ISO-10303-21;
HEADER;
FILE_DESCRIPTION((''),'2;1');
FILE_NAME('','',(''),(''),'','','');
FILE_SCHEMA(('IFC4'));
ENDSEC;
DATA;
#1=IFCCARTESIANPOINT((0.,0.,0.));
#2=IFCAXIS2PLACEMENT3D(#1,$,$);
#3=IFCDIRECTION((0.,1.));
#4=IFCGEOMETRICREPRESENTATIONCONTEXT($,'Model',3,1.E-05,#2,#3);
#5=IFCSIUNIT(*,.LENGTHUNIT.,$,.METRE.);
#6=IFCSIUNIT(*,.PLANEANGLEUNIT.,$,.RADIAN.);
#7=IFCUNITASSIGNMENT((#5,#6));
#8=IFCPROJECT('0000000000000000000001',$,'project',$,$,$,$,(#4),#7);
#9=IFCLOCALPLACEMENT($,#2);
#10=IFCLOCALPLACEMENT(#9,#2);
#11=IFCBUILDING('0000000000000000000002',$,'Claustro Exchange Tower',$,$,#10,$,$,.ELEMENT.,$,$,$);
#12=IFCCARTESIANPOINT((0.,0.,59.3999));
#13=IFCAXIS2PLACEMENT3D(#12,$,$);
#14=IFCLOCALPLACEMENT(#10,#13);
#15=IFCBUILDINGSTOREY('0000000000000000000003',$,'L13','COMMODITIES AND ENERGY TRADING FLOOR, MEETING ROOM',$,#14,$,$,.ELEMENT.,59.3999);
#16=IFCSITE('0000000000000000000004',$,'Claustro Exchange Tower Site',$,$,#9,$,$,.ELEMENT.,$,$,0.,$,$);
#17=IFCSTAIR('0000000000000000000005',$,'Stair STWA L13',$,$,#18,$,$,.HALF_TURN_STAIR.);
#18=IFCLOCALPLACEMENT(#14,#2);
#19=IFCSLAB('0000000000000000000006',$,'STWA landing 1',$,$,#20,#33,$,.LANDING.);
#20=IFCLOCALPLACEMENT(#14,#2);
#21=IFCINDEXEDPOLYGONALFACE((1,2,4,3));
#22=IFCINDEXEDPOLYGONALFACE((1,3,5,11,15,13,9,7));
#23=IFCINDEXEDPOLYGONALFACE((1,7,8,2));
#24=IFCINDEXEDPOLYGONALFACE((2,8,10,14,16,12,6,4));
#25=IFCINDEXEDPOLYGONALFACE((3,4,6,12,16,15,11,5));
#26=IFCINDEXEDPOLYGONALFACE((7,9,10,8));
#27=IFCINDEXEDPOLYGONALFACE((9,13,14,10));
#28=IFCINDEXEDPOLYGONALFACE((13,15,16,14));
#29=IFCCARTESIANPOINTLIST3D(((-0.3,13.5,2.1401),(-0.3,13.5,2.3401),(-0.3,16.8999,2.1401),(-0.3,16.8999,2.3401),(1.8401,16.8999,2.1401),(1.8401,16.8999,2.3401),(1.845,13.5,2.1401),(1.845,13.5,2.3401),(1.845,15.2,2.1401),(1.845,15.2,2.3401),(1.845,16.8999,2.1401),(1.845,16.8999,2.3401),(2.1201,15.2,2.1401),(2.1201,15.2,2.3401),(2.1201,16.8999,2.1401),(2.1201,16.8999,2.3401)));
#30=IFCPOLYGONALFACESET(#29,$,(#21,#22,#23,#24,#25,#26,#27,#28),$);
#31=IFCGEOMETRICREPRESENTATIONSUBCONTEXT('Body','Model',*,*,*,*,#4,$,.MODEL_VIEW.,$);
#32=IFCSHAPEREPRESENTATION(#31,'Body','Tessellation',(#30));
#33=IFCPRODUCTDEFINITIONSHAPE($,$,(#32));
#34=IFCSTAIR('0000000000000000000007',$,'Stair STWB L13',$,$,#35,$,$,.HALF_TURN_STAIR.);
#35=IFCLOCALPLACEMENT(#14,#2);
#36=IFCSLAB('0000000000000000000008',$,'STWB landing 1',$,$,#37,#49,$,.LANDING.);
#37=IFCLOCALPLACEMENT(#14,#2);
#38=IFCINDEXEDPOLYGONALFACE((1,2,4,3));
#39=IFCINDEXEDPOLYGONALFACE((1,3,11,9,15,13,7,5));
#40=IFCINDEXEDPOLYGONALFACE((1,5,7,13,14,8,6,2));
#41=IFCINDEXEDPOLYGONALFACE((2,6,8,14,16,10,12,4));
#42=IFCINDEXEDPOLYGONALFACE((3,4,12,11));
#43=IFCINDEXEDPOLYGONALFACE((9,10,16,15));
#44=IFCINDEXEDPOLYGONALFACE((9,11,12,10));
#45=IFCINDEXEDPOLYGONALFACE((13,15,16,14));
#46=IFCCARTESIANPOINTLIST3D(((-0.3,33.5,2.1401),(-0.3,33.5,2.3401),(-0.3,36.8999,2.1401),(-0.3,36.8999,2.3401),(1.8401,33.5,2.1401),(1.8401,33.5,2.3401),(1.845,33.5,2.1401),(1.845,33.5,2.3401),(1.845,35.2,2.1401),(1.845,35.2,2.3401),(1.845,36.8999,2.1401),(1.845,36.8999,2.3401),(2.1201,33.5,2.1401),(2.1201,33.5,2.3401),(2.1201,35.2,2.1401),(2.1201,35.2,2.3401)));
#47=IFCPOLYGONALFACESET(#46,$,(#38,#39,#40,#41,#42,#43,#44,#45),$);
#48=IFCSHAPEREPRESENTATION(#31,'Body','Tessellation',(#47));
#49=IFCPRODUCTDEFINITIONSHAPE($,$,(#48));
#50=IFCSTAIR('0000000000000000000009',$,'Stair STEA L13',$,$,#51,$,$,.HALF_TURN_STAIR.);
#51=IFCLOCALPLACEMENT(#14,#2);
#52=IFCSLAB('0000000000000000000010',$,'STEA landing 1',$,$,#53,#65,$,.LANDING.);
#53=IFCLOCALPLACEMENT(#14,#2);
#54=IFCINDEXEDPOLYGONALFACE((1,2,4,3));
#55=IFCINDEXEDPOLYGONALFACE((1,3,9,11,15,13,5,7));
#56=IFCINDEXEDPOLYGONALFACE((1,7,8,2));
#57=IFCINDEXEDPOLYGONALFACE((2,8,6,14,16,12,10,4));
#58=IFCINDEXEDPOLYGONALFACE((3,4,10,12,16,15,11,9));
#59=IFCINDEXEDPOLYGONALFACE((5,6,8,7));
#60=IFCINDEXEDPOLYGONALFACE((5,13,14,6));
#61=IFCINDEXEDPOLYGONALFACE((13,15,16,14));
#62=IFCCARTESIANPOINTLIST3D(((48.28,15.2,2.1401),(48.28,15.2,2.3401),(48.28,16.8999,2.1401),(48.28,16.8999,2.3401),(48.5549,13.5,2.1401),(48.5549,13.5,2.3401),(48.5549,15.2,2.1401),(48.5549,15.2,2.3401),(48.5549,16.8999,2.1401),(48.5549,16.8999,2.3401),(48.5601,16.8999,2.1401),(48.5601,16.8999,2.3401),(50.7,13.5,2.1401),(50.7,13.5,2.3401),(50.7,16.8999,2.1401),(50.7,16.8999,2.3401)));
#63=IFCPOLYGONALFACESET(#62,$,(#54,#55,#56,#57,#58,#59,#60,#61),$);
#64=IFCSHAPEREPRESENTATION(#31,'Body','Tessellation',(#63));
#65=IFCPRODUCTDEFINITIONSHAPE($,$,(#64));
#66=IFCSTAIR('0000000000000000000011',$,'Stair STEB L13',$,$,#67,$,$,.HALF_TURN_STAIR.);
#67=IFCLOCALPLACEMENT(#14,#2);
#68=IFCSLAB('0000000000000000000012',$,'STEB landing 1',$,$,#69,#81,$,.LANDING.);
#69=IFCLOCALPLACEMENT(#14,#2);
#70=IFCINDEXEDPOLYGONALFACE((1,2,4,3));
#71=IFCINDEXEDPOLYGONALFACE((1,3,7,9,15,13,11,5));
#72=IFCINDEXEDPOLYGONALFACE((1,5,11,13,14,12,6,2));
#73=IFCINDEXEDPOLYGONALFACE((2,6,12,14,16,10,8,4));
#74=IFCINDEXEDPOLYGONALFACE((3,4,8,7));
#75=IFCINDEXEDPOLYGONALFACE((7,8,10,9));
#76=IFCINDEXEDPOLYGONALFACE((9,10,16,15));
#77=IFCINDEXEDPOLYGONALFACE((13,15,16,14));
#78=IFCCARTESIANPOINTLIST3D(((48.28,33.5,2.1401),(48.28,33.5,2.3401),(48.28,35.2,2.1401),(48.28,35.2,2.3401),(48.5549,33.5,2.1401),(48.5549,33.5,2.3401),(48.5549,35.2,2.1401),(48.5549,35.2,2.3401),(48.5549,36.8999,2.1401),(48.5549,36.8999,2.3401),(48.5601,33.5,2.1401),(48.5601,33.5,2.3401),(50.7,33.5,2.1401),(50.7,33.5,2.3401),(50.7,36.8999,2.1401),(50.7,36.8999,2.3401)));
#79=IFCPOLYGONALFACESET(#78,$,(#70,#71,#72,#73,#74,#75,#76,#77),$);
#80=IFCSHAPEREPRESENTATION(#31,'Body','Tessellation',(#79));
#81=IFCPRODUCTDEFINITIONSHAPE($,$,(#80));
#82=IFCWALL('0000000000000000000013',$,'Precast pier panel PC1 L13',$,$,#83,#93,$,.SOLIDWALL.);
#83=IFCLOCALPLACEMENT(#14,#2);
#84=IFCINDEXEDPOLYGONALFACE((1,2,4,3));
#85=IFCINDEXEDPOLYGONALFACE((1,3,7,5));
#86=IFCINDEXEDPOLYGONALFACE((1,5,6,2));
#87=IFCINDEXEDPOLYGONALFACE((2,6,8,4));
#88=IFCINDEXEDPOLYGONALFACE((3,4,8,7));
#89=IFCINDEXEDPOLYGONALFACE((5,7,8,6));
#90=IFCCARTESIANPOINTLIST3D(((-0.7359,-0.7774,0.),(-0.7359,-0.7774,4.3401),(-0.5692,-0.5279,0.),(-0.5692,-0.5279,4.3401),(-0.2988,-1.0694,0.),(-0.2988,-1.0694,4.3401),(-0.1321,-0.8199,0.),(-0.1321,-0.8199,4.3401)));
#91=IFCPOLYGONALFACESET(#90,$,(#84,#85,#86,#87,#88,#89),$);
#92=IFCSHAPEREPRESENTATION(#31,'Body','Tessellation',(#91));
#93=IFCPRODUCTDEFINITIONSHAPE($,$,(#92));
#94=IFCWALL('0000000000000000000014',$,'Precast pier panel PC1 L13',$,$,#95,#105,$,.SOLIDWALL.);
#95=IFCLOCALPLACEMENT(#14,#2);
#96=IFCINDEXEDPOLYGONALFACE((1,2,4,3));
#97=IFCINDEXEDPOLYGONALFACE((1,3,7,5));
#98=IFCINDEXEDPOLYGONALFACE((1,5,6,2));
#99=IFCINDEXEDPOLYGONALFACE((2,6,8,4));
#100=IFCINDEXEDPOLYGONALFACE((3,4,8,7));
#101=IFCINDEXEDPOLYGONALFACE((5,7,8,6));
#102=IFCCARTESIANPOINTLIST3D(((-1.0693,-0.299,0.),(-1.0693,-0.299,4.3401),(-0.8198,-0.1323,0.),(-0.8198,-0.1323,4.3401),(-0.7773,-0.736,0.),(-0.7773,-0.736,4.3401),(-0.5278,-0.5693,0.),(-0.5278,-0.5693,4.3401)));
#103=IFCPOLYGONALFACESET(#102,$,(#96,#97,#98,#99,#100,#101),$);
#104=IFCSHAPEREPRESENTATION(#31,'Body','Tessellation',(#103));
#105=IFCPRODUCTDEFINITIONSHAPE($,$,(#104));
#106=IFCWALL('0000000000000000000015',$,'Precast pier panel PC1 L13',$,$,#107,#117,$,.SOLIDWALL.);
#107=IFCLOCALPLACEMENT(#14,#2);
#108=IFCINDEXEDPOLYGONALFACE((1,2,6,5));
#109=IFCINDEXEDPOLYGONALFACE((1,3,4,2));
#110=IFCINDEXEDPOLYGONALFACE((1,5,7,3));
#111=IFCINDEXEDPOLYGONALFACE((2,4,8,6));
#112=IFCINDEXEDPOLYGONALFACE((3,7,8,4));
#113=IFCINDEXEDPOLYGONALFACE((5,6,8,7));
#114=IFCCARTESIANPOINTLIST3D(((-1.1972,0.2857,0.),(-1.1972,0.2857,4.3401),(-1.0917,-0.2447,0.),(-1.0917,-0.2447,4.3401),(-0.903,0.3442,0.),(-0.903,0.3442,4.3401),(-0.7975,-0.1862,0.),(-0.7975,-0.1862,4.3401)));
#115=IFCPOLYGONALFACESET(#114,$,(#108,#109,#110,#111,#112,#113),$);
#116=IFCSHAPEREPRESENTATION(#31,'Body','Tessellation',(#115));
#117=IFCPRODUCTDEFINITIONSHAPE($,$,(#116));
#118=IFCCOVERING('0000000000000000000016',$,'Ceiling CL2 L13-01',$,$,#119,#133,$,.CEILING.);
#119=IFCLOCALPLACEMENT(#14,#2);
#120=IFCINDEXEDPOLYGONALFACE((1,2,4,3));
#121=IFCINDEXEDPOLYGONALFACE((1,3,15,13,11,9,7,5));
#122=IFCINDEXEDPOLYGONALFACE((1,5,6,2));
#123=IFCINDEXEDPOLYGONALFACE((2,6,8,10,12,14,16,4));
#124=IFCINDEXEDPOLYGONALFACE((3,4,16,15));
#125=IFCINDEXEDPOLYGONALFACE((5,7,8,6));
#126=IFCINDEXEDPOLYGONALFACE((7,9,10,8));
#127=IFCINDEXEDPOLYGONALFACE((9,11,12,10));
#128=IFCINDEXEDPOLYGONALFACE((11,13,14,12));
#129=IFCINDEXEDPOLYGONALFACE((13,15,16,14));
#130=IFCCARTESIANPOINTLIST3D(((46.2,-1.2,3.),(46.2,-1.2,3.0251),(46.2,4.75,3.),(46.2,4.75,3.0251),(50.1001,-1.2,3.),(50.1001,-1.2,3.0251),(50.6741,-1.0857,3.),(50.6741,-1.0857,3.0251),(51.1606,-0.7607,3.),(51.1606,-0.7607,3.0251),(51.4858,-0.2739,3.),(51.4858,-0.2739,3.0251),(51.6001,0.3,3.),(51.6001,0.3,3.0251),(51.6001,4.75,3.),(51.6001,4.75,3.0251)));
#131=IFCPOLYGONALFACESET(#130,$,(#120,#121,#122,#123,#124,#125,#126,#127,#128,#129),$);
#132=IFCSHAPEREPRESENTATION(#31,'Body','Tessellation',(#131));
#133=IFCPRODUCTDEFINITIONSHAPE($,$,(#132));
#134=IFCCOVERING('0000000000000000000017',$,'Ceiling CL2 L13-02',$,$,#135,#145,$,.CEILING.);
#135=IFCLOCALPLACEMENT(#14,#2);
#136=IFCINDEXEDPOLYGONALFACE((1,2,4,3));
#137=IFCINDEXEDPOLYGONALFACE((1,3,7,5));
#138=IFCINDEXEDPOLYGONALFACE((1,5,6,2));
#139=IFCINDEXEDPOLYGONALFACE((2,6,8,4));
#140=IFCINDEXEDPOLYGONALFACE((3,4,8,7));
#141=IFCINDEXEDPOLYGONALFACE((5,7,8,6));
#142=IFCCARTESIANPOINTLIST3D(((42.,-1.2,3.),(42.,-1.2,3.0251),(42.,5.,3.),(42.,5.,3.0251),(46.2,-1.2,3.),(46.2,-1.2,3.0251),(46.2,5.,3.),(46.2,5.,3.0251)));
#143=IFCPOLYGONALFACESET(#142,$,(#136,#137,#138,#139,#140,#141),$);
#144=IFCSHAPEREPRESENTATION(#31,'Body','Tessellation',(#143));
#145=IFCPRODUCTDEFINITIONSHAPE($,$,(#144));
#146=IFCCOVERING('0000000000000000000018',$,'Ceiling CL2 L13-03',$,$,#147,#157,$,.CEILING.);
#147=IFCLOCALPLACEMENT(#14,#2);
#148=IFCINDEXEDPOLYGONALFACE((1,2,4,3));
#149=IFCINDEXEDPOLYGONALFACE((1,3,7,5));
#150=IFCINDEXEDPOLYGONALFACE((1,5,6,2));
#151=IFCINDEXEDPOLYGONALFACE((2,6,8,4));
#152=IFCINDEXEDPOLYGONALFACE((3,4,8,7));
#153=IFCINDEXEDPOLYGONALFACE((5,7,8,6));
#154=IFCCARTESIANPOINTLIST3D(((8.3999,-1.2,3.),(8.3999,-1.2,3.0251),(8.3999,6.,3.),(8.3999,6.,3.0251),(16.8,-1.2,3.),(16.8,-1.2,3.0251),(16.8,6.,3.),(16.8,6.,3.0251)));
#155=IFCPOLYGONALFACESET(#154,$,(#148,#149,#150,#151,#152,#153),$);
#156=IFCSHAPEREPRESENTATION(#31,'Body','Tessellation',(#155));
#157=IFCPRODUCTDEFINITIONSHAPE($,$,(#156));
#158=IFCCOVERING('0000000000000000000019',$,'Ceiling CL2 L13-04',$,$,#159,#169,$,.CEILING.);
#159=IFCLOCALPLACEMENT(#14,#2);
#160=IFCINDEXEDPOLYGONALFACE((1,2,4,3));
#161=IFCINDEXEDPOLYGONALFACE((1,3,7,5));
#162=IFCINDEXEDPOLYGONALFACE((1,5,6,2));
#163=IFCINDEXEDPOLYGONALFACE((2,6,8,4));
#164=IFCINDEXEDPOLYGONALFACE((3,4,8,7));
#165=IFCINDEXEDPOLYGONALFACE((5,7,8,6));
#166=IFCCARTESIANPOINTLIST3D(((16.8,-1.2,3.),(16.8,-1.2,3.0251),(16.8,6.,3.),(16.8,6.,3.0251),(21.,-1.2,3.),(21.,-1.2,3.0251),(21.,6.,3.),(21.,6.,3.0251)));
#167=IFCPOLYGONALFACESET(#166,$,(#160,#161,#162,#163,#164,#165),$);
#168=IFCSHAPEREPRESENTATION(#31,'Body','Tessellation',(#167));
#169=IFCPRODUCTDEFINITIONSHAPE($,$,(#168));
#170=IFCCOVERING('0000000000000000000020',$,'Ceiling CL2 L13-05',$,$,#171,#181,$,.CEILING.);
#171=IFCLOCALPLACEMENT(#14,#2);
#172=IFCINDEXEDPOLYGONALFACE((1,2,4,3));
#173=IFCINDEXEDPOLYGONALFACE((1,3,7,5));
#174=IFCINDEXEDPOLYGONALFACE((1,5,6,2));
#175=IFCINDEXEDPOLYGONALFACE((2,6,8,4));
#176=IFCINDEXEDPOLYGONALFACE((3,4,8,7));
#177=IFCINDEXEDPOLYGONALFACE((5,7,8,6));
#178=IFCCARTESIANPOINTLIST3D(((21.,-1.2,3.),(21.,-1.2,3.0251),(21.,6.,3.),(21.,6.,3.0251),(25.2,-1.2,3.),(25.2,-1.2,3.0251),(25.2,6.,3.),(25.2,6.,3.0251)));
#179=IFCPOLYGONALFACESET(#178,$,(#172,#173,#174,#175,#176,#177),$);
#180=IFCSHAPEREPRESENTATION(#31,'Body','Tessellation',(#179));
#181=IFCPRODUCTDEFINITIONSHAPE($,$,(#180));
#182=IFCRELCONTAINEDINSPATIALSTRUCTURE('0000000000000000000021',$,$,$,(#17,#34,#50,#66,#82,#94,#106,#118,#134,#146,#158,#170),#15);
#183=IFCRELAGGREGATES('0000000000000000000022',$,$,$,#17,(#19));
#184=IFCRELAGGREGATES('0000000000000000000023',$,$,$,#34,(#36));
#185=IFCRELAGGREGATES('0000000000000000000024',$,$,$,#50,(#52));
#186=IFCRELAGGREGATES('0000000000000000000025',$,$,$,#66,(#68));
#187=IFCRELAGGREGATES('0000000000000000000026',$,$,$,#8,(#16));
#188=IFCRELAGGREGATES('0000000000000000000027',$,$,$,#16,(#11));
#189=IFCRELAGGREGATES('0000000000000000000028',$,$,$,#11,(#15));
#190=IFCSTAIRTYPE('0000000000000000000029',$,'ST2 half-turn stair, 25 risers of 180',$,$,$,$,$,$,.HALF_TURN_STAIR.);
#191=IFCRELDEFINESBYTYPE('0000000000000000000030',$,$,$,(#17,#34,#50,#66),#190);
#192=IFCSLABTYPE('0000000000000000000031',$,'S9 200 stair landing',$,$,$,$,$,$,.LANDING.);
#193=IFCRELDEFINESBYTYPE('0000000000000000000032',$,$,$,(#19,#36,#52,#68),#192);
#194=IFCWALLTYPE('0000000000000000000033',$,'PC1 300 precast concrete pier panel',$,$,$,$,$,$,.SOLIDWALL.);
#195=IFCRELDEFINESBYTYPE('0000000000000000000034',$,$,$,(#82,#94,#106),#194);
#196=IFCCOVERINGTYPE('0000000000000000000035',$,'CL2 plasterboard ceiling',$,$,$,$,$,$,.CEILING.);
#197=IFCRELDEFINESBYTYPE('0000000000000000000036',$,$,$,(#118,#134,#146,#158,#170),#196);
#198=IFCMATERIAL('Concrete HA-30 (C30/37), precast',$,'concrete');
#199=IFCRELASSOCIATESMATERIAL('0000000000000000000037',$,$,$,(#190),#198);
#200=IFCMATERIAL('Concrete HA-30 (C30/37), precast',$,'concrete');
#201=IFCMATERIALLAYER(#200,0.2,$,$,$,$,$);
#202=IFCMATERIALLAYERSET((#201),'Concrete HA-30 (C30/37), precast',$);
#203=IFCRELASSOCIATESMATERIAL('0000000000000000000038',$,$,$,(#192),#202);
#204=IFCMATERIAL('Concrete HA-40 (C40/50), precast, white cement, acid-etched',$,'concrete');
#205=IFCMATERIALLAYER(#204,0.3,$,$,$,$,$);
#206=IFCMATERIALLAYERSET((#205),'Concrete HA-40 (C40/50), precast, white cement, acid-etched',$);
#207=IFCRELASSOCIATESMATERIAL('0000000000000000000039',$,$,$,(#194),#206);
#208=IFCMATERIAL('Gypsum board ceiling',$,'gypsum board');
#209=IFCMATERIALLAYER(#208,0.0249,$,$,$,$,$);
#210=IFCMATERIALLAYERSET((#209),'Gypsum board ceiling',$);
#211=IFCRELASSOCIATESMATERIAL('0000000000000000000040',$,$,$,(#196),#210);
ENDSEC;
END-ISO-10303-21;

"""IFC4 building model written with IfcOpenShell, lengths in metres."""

from ifc_helpers import new_model, si_unit, direction, frame, frame_2d, origin, place, context, subcontext, project, spatial, polyline, rectangle, outline, extrude, material, layer, layer_set, type_object, element, aggregate, save


model = new_model("IFC4")

# Units and contexts
model_context = context("Model", 3, precision=1e-05, world=origin(), true_north=direction((0.0, 1.0)))
body_context = subcontext(model_context, "Body", "Model", "MODEL_VIEW")
ifc_project = project(units=[si_unit("LENGTHUNIT", "METRE"), si_unit("PLANEANGLEUNIT", "RADIAN")], contexts=[model_context])

# Site, building, storey
site_placement = place(None, origin())
site = spatial("IfcSite", under=ifc_project, at=site_placement, Name="Claustro Exchange Tower Site", CompositionType="ELEMENT", RefElevation=0.0)
building_placement = place(site_placement, origin())
building = spatial("IfcBuilding", under=site, at=building_placement, Name="Claustro Exchange Tower", CompositionType="ELEMENT")
storey_placement = place(building_placement, frame((0.0, 0.0, 59.3999)))
storey = spatial("IfcBuildingStorey", under=building, at=storey_placement, Name="L13", Description="COMMODITIES AND ENERGY TRADING FLOOR, MEETING ROOM", CompositionType="ELEMENT", Elevation=59.3999)

# Stairs, slabs
ifc_material_1 = material(Name="Concrete HA-30 (C30/37), precast", Category="concrete")
stair_type = type_object("IfcStairType", Name="ST2 half-turn stair, 25 risers of 180", PredefinedType="HALF_TURN_STAIR", material=ifc_material_1)
stair_1_placement = place(storey_placement, origin())
stair_1 = element("IfcStair", 1, at=stair_1_placement, inside=storey, type_object=stair_type, Name="Stair STWA L13", PredefinedType="HALF_TURN_STAIR")
ifc_material_2 = material(Name="Concrete HA-30 (C30/37), precast", Category="concrete")
ifc_layer_1 = layer(ifc_material_2, 0.2)
ifc_layer_set_1 = layer_set([ifc_layer_1], Name="Concrete HA-30 (C30/37), precast")
slab_type_1 = type_object("IfcSlabType", Name="S9 200 stair landing", PredefinedType="LANDING", material=ifc_layer_set_1)
slab_1_placement = place(storey_placement, frame((0.0, 0.0, 2.1401)))
slab_1 = element("IfcSlab", 2, at=slab_1_placement, type_object=slab_type_1, Name="STWA landing 1", PredefinedType="LANDING", context=body_context, shape_type="SweptSolid", body=[
    extrude(outline(polyline([(1.845, 13.5), (-0.3, 13.5), (-0.3, 16.8999), (1.8401, 16.8999), (1.845, 16.8999), (2.1201, 16.8999), (2.1201, 15.2), (1.845, 15.2), (1.845, 13.5)])), origin(), (0.0, 0.0, 1.0), 0.2),
])
aggregate(stair_1, [slab_1])
stair_2_placement = place(storey_placement, origin())
stair_2 = element("IfcStair", 3, at=stair_2_placement, inside=storey, type_object=stair_type, Name="Stair STWB L13", PredefinedType="HALF_TURN_STAIR")
slab_2_placement = place(storey_placement, frame((0.0, 0.0, 2.1401)))
slab_2 = element("IfcSlab", 4, at=slab_2_placement, type_object=slab_type_1, Name="STWB landing 1", PredefinedType="LANDING", context=body_context, shape_type="SweptSolid", body=[
    extrude(outline(polyline([(2.1201, 35.2), (2.1201, 33.5), (1.845, 33.5), (1.8401, 33.5), (-0.3, 33.5), (-0.3, 36.8999), (1.845, 36.8999), (1.845, 35.2), (2.1201, 35.2)])), origin(), (0.0, 0.0, 1.0), 0.2),
])
aggregate(stair_2, [slab_2])
stair_3_placement = place(storey_placement, origin())
stair_3 = element("IfcStair", 5, at=stair_3_placement, inside=storey, type_object=stair_type, Name="Stair STEA L13", PredefinedType="HALF_TURN_STAIR")
slab_3_placement = place(storey_placement, frame((0.0, 0.0, 2.1401)))
slab_3 = element("IfcSlab", 6, at=slab_3_placement, type_object=slab_type_1, Name="STEA landing 1", PredefinedType="LANDING", context=body_context, shape_type="SweptSolid", body=[
    extrude(outline(polyline([(50.7, 16.8999), (50.7, 13.5), (48.5549, 13.5), (48.5549, 15.2), (48.28, 15.2), (48.28, 16.8999), (48.5549, 16.8999), (48.5601, 16.8999), (50.7, 16.8999)])), origin(), (0.0, 0.0, 1.0), 0.2),
])
aggregate(stair_3, [slab_3])
stair_4_placement = place(storey_placement, origin())
stair_4 = element("IfcStair", 7, at=stair_4_placement, inside=storey, type_object=stair_type, Name="Stair STEB L13", PredefinedType="HALF_TURN_STAIR")
slab_4_placement = place(storey_placement, frame((0.0, 0.0, 2.1401)))
slab_4 = element("IfcSlab", 8, at=slab_4_placement, type_object=slab_type_1, Name="STEB landing 1", PredefinedType="LANDING", context=body_context, shape_type="SweptSolid", body=[
    extrude(outline(polyline([(48.28, 33.5), (48.28, 35.2), (48.5549, 35.2), (48.5549, 36.8999), (50.7, 36.8999), (50.7, 33.5), (48.5601, 33.5), (48.5549, 33.5), (48.28, 33.5)])), origin(), (0.0, 0.0, 1.0), 0.2),
])
aggregate(stair_4, [slab_4])

# Walls
ifc_material_3 = material(Name="Concrete HA-40 (C40/50), precast, white cement, acid-etched", Category="concrete")
ifc_layer_2 = layer(ifc_material_3, 0.3)
ifc_layer_set_2 = layer_set([ifc_layer_2], Name="Concrete HA-40 (C40/50), precast, white cement, acid-etched")
wall_type = type_object("IfcWallType", Name="PC1 300 precast concrete pier panel", PredefinedType="SOLIDWALL", material=ifc_layer_set_2)
for number, where, z_axis, x_axis, name in (
    (9, (-0.2156, -0.9446, 0.0), (0.0, 0.0, 1.0), (-0.831478, 0.555557, 0.0), "Precast pier panel PC1 L13"),
    (10, (-0.6526, -0.6526, 0.0), (0.0, 0.0, 1.0), (-0.555557, 0.831478, 0.0), "Precast pier panel PC1 L13"),
):
    element("IfcWall", number, at=place(storey_placement, frame(where, z_axis=z_axis, x_axis=x_axis)), inside=storey, type_object=wall_type, Name=name, PredefinedType="SOLIDWALL", context=body_context, shape_type="SweptSolid", body=[
        extrude(rectangle(XDim=0.5256, YDim=0.3, at=frame_2d((0.2627, 0.0))), origin(), (0.0, 0.0, 1.0), 4.3401),
    ])
wall_placement = place(storey_placement, frame((-0.9446, -0.2156, 0.0), z_axis=(0.0, 0.0, 1.0), x_axis=(-0.195074, 0.980789, 0.0)))
element("IfcWall", 11, at=wall_placement, inside=storey, type_object=wall_type, Name="Precast pier panel PC1 L13", PredefinedType="SOLIDWALL", context=body_context, shape_type="SweptSolid", body=[
    extrude(rectangle(XDim=0.5408, YDim=0.3, at=frame_2d((0.2705, 0.0))), origin(), (0.0, 0.0, 1.0), 4.3401),
])

# Coverings
ifc_material_4 = material(Name="Gypsum board ceiling", Category="gypsum board")
ifc_layer_3 = layer(ifc_material_4, 0.0249)
ifc_layer_set_3 = layer_set([ifc_layer_3], Name="Gypsum board ceiling")
covering_type = type_object("IfcCoveringType", Name="CL2 plasterboard ceiling", PredefinedType="CEILING", material=ifc_layer_set_3)
covering_1_placement = place(storey_placement, frame((0.0, 0.0, 3.0)))
element("IfcCovering", 12, at=covering_1_placement, inside=storey, type_object=covering_type, Name="Ceiling CL2 L13-01", PredefinedType="CEILING", context=body_context, shape_type="SweptSolid", body=[
    extrude(outline(polyline([(51.6001, 0.3), (51.6001, 4.75), (46.2, 4.75), (46.2, -1.2), (50.1001, -1.2), (50.6741, -1.0857), (51.1606, -0.7607), (51.4858, -0.2739), (51.6001, 0.3)])), origin(), (0.0, 0.0, 1.0), 0.0251),
])
covering_2_placement = place(storey_placement, frame((0.0, 0.0, 3.0)))
element("IfcCovering", 13, at=covering_2_placement, inside=storey, type_object=covering_type, Name="Ceiling CL2 L13-02", PredefinedType="CEILING", context=body_context, shape_type="SweptSolid", body=[
    extrude(outline(polyline([(42.0, -1.2), (46.2, -1.2), (46.2, 5.0), (42.0, 5.0), (42.0, -1.2)])), origin(), (0.0, 0.0, 1.0), 0.0251),
])
covering_3_placement = place(storey_placement, frame((0.0, 0.0, 3.0)))
element("IfcCovering", 14, at=covering_3_placement, inside=storey, type_object=covering_type, Name="Ceiling CL2 L13-03", PredefinedType="CEILING", context=body_context, shape_type="SweptSolid", body=[
    extrude(outline(polyline([(8.3999, -1.2), (16.8, -1.2), (16.8, 6.0), (8.3999, 6.0), (8.3999, -1.2)])), origin(), (0.0, 0.0, 1.0), 0.0251),
])
covering_4_placement = place(storey_placement, frame((0.0, 0.0, 3.0)))
element("IfcCovering", 15, at=covering_4_placement, inside=storey, type_object=covering_type, Name="Ceiling CL2 L13-04", PredefinedType="CEILING", context=body_context, shape_type="SweptSolid", body=[
    extrude(outline(polyline([(16.8, -1.2), (21.0, -1.2), (21.0, 6.0), (16.8, 6.0), (16.8, -1.2)])), origin(), (0.0, 0.0, 1.0), 0.0251),
])
covering_5_placement = place(storey_placement, frame((0.0, 0.0, 3.0)))
element("IfcCovering", 16, at=covering_5_placement, inside=storey, type_object=covering_type, Name="Ceiling CL2 L13-05", PredefinedType="CEILING", context=body_context, shape_type="SweptSolid", body=[
    extrude(outline(polyline([(21.0, -1.2), (25.2, -1.2), (25.2, 6.0), (21.0, 6.0), (21.0, -1.2)])), origin(), (0.0, 0.0, 1.0), 0.0251),
])

save(model, "model.ifc")
